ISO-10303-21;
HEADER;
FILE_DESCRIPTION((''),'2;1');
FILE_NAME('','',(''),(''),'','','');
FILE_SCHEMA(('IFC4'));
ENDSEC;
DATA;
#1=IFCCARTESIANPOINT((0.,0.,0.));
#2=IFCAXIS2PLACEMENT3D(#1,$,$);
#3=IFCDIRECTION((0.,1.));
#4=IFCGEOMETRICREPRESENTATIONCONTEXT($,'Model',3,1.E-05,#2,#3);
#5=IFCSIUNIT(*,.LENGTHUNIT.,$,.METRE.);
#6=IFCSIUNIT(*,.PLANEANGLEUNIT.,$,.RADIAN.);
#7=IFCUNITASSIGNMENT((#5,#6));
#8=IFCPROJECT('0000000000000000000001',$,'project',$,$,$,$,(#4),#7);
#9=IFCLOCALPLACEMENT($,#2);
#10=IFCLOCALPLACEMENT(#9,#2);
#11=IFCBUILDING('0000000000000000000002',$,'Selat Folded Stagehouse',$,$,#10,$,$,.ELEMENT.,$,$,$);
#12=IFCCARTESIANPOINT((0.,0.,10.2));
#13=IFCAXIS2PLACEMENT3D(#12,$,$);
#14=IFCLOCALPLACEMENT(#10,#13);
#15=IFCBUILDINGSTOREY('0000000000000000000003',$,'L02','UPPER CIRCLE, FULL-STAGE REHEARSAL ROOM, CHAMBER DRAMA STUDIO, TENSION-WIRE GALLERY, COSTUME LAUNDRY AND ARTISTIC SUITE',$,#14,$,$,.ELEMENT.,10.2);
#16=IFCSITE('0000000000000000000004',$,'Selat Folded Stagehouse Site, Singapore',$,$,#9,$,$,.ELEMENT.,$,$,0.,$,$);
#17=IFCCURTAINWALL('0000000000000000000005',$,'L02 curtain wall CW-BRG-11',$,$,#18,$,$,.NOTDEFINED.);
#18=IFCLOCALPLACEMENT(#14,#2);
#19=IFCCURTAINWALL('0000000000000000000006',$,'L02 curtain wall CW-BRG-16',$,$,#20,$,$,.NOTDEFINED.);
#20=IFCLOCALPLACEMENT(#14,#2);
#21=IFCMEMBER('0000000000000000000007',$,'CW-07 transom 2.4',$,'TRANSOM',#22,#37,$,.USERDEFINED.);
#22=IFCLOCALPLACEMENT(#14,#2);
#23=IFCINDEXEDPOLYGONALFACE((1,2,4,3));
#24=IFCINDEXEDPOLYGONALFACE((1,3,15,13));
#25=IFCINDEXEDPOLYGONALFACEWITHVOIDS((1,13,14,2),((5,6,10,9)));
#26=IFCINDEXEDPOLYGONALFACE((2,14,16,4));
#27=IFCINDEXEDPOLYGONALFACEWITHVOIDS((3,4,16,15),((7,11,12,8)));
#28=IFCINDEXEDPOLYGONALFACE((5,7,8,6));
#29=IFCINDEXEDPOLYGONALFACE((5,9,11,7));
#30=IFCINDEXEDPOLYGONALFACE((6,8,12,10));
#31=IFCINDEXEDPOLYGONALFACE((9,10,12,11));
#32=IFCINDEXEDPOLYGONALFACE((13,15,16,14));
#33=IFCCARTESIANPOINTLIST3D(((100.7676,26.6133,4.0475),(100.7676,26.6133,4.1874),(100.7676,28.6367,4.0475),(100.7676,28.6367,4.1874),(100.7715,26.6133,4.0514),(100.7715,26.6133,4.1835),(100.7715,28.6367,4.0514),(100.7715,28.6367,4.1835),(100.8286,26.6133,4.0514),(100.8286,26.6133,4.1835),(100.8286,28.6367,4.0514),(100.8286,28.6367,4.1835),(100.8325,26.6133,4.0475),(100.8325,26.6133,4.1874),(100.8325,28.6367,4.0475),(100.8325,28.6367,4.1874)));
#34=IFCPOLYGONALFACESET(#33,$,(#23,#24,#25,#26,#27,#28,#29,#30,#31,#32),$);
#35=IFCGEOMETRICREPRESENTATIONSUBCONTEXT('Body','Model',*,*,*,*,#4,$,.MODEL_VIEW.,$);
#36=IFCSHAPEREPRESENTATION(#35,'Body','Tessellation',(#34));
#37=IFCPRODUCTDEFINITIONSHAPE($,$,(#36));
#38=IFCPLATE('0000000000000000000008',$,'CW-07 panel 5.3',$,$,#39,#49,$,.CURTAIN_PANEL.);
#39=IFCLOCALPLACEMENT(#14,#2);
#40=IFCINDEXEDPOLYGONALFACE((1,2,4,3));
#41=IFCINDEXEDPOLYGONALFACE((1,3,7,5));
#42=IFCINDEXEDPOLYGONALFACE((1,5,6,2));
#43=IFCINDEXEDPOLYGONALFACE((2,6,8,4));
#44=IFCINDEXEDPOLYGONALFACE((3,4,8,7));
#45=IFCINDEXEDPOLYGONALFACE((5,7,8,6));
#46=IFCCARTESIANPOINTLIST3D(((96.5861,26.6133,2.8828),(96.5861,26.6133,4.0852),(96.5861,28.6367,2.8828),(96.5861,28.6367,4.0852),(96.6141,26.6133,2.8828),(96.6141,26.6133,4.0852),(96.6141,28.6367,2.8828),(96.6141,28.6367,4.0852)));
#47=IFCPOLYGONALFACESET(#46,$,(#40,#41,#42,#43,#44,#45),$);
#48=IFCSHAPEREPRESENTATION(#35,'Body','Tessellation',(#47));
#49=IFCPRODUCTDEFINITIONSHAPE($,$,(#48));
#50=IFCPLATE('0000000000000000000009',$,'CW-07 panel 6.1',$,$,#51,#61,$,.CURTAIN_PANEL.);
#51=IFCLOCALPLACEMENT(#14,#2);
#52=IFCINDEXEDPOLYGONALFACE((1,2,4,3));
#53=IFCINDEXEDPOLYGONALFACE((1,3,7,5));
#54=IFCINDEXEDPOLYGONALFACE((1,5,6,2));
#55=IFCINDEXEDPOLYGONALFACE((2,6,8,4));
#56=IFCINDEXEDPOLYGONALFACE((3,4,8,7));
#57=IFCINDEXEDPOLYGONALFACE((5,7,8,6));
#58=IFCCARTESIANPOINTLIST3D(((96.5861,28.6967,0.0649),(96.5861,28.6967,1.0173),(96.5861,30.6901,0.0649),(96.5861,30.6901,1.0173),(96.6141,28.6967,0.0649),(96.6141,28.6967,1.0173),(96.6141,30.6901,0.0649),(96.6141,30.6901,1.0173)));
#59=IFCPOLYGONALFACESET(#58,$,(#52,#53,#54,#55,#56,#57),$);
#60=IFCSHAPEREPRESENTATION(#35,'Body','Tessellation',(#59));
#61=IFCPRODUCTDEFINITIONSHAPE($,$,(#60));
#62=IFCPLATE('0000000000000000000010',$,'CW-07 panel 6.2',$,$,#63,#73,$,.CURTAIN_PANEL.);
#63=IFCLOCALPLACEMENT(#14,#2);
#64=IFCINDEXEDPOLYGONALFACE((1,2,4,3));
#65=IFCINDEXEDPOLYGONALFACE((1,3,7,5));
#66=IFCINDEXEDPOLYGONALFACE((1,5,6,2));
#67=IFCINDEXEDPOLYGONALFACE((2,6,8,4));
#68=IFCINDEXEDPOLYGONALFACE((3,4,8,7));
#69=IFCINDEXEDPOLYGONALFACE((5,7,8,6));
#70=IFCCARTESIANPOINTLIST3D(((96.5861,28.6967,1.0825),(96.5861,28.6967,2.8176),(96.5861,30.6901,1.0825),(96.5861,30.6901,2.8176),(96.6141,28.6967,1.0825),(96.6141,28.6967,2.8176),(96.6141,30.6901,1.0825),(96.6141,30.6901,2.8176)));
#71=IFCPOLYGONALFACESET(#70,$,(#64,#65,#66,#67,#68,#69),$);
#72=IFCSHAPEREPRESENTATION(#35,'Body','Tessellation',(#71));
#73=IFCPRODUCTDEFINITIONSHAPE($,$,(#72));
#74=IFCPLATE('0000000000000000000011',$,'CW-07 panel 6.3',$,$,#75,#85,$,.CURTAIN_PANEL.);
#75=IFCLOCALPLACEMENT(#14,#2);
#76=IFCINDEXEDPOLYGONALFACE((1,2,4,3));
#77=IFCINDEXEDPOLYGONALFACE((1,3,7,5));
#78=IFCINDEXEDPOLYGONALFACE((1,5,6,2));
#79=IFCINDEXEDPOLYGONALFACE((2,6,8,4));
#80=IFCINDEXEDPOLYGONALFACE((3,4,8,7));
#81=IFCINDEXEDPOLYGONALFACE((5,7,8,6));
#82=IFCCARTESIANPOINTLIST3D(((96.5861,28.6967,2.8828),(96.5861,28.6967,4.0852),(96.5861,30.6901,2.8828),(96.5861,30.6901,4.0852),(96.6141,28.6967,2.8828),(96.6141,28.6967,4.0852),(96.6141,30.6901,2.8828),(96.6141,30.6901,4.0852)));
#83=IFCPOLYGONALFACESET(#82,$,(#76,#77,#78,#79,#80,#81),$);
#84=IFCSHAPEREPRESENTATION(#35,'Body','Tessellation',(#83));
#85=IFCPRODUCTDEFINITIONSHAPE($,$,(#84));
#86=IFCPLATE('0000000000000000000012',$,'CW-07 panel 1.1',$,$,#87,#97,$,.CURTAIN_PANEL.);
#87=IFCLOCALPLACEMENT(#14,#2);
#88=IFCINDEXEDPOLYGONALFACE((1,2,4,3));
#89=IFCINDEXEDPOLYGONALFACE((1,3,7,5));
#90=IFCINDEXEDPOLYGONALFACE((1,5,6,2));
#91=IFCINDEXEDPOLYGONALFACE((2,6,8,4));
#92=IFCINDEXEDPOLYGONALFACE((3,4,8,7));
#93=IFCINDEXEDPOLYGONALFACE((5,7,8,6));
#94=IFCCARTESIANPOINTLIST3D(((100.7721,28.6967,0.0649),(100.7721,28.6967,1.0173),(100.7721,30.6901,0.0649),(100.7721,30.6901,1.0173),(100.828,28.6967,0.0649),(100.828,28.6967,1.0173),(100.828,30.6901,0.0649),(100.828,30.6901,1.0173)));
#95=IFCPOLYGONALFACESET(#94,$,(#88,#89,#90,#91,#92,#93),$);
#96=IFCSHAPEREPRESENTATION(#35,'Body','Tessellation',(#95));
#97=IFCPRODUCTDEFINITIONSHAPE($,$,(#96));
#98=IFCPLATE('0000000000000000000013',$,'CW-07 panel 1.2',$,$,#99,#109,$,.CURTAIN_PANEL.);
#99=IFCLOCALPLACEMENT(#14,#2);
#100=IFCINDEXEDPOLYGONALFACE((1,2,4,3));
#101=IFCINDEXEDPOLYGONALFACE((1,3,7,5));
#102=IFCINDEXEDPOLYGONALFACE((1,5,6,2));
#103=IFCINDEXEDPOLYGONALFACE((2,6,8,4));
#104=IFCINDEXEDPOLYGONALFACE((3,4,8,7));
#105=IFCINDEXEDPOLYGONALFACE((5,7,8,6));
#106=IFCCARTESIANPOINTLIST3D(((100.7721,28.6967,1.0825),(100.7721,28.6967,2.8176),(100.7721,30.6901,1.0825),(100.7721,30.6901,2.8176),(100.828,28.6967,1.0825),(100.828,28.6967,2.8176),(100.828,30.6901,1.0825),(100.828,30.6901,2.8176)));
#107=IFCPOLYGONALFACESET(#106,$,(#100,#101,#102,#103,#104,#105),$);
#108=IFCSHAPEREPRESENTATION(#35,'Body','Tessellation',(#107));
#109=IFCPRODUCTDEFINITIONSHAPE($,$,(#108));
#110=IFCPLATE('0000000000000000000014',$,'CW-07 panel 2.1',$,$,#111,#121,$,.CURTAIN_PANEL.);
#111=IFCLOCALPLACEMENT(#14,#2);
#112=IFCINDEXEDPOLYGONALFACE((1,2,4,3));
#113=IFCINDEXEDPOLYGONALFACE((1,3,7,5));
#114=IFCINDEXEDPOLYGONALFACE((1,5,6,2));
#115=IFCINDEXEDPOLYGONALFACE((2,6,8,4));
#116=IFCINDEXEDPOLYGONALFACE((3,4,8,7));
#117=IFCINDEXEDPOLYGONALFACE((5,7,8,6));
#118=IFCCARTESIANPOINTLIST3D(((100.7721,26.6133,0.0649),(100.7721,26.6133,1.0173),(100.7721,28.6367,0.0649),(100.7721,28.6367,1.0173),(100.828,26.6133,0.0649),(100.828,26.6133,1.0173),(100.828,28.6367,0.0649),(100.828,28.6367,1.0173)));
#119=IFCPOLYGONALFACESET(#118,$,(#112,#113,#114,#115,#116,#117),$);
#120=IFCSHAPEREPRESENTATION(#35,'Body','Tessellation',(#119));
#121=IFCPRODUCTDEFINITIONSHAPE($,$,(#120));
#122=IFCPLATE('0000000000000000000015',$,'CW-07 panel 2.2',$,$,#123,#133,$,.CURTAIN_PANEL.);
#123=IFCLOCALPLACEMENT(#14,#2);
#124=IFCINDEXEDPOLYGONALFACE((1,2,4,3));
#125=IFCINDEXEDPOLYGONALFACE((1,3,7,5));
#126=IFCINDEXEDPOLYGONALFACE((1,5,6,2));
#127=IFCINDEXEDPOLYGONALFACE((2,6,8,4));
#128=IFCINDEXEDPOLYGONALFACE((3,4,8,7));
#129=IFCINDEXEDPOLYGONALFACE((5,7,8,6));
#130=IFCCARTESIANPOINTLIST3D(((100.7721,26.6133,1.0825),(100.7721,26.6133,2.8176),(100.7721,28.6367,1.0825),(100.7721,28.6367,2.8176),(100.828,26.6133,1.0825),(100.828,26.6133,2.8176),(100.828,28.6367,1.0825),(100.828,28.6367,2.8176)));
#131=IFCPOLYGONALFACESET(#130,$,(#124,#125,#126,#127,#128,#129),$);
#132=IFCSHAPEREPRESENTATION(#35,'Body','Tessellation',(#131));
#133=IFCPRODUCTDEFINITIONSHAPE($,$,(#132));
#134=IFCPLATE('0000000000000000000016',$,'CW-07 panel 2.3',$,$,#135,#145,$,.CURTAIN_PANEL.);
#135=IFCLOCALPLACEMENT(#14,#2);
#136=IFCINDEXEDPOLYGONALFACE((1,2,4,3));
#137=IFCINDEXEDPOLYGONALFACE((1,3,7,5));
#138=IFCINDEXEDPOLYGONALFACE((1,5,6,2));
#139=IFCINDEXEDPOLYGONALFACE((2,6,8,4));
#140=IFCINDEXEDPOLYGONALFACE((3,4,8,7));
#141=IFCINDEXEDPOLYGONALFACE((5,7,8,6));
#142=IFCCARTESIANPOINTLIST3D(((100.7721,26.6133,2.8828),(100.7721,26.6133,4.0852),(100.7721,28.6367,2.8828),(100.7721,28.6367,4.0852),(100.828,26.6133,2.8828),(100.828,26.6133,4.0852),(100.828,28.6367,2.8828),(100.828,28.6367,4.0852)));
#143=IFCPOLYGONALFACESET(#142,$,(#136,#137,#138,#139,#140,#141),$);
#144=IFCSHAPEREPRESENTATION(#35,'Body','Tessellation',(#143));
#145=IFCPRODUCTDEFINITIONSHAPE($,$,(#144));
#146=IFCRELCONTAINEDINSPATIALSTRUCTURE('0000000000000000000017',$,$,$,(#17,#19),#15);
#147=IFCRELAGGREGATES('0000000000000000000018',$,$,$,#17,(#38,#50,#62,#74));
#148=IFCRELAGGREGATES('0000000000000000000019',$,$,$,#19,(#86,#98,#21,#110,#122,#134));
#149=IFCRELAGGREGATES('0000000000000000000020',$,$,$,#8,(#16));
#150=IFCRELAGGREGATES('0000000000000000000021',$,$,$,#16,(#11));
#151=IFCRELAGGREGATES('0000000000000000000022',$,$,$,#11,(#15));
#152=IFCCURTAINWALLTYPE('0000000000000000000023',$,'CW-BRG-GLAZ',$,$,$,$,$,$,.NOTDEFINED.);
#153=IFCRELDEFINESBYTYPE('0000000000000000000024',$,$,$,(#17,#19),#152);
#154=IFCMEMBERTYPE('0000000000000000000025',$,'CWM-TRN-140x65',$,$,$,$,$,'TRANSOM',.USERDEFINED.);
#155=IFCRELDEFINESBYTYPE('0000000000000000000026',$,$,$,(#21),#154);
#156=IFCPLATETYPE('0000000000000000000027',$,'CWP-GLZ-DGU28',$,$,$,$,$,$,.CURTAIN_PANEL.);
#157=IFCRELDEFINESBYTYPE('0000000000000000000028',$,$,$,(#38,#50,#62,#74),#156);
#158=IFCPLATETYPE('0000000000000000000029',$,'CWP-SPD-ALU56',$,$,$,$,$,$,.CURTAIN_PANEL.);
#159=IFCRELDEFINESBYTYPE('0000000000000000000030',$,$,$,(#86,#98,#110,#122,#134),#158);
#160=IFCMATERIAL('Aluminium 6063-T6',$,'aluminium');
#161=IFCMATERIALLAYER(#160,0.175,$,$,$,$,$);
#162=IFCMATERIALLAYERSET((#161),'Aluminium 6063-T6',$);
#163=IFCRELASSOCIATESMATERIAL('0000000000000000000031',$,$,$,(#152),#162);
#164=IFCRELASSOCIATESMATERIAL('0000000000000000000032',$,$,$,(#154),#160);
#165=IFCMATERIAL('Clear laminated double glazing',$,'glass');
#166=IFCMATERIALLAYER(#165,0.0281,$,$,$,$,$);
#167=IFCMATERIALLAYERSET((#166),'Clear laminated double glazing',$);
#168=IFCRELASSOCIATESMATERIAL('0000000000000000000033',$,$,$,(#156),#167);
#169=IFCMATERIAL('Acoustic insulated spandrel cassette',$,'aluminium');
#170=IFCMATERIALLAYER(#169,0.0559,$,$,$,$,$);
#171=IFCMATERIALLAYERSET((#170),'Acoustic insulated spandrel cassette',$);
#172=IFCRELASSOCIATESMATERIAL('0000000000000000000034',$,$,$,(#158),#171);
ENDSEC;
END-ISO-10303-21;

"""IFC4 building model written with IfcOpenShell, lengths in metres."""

from ifc_helpers import new_model, si_unit, direction, frame, origin, origin_2d, place, context, subcontext, project, spatial, rectangle, hollow_rectangle, extrude, material, layer, layer_set, material_profile, profile_set, type_object, element, aggregate, save


model = new_model("IFC4")

# Units and contexts
model_context = context("Model", 3, precision=1e-05, world=origin(), true_north=direction((0.0, 1.0)))
body_context = subcontext(model_context, "Body", "Model", "MODEL_VIEW")
ifc_project = project(units=[si_unit("LENGTHUNIT", "METRE"), si_unit("PLANEANGLEUNIT", "RADIAN")], contexts=[model_context])

# Site, building, storey
site_placement = place(None, origin())
site = spatial("IfcSite", under=ifc_project, at=site_placement, Name="Selat Folded Stagehouse Site, Singapore", CompositionType="ELEMENT", RefElevation=0.0)
building_placement = place(site_placement, origin())
building = spatial("IfcBuilding", under=site, at=building_placement, Name="Selat Folded Stagehouse", CompositionType="ELEMENT")
storey_placement = place(building_placement, frame((0.0, 0.0, 10.2)))
storey = spatial("IfcBuildingStorey", under=building, at=storey_placement, Name="L02", Description="UPPER CIRCLE, FULL-STAGE REHEARSAL ROOM, CHAMBER DRAMA STUDIO, TENSION-WIRE GALLERY, COSTUME LAUNDRY AND ARTISTIC SUITE", CompositionType="ELEMENT", Elevation=10.2)

# Curtain wall
ifc_material_1 = material(Name="Aluminium 6063-T6", Category="aluminium")
ifc_layer_1 = layer(ifc_material_1, 0.175)
ifc_layer_set_1 = layer_set([ifc_layer_1], Name="Aluminium 6063-T6")
curtain_wall_type = type_object("IfcCurtainWallType", Name="CW-BRG-GLAZ", PredefinedType="NOTDEFINED", material=ifc_layer_set_1)
curtain_wall_1_placement = place(storey_placement, origin())
curtain_wall_1 = element("IfcCurtainWall", 1, at=curtain_wall_1_placement, inside=storey, type_object=curtain_wall_type, Name="L02 curtain wall CW-BRG-11", PredefinedType="NOTDEFINED")

# Curtain wall
curtain_wall_2_placement = place(storey_placement, origin())
curtain_wall_2 = element("IfcCurtainWall", 2, at=curtain_wall_2_placement, inside=storey, type_object=curtain_wall_type, Name="L02 curtain wall CW-BRG-16", PredefinedType="NOTDEFINED")

# Member
ifc_material_profile_1 = material_profile(ifc_material_1, hollow_rectangle(XDim=0.0649, YDim=0.1399, WallThickness=0.0039, at=origin_2d()), Name="ALU 140x65x4.0")
ifc_profile_set_1 = profile_set([ifc_material_profile_1], Name="Aluminium 6063-T6")
member_type_1 = type_object("IfcMemberType", Name="CWM-TRN-140x65", ElementType="TRANSOM", PredefinedType="USERDEFINED", material=ifc_profile_set_1)
member_1_placement = place(storey_placement, frame((100.8, 28.6367, 4.1174), z_axis=(0.0, -1.0, 0.0), x_axis=(1.0, 0.0, 0.0)))
member_1 = element("IfcMember", 3, at=member_1_placement, type_object=member_type_1, Name="CW-07 transom 2.4", ObjectType="TRANSOM", PredefinedType="USERDEFINED", context=body_context, shape_type="SweptSolid", body=[
    extrude(hollow_rectangle(XDim=0.0649, YDim=0.1399, WallThickness=0.0039, at=origin_2d()), origin(), (0.0, 0.0, 1.0), 2.0234),
])

# Plates
ifc_material_2 = material(Name="Clear laminated double glazing", Category="glass")
ifc_layer_2 = layer(ifc_material_2, 0.0281)
ifc_layer_set_2 = layer_set([ifc_layer_2], Name="Clear laminated double glazing")
plate_type_1 = type_object("IfcPlateType", Name="CWP-GLZ-DGU28", PredefinedType="CURTAIN_PANEL", material=ifc_layer_set_2)
plate_1_placement = place(storey_placement, frame((96.6001, 27.625, 2.8828), z_axis=(0.0, 0.0, 1.0), x_axis=(0.0, 1.0, 0.0)))
plate_1 = element("IfcPlate", 4, at=plate_1_placement, type_object=plate_type_1, Name="CW-07 panel 5.3", PredefinedType="CURTAIN_PANEL", context=body_context, shape_type="SweptSolid", body=[
    extrude(rectangle(XDim=2.0234, YDim=0.0281, at=origin_2d()), origin(), (0.0, 0.0, 1.0), 1.2024),
])
plate_2_placement = place(storey_placement, frame((96.6001, 29.6934, 0.0649), z_axis=(0.0, 0.0, 1.0), x_axis=(0.0, 1.0, 0.0)))
plate_2 = element("IfcPlate", 5, at=plate_2_placement, type_object=plate_type_1, Name="CW-07 panel 6.1", PredefinedType="CURTAIN_PANEL", context=body_context, shape_type="SweptSolid", body=[
    extrude(rectangle(XDim=1.9934, YDim=0.0281, at=origin_2d()), origin(), (0.0, 0.0, 1.0), 0.9524),
])
plate_3_placement = place(storey_placement, frame((96.6001, 29.6934, 1.0825), z_axis=(0.0, 0.0, 1.0), x_axis=(0.0, 1.0, 0.0)))
plate_3 = element("IfcPlate", 6, at=plate_3_placement, type_object=plate_type_1, Name="CW-07 panel 6.2", PredefinedType="CURTAIN_PANEL", context=body_context, shape_type="SweptSolid", body=[
    extrude(rectangle(XDim=1.9934, YDim=0.0281, at=origin_2d()), origin(), (0.0, 0.0, 1.0), 1.7351),
])
plate_4_placement = place(storey_placement, frame((96.6001, 29.6934, 2.8828), z_axis=(0.0, 0.0, 1.0), x_axis=(0.0, 1.0, 0.0)))
plate_4 = element("IfcPlate", 7, at=plate_4_placement, type_object=plate_type_1, Name="CW-07 panel 6.3", PredefinedType="CURTAIN_PANEL", context=body_context, shape_type="SweptSolid", body=[
    extrude(rectangle(XDim=1.9934, YDim=0.0281, at=origin_2d()), origin(), (0.0, 0.0, 1.0), 1.2024),
])
aggregate(curtain_wall_1, [plate_1, plate_2, plate_3, plate_4])
ifc_material_3 = material(Name="Acoustic insulated spandrel cassette", Category="aluminium")
ifc_layer_3 = layer(ifc_material_3, 0.0559)
ifc_layer_set_3 = layer_set([ifc_layer_3], Name="Acoustic insulated spandrel cassette")
plate_type_2 = type_object("IfcPlateType", Name="CWP-SPD-ALU56", PredefinedType="CURTAIN_PANEL", material=ifc_layer_set_3)
plate_5_placement = place(storey_placement, frame((100.8, 29.6934, 0.0649), z_axis=(0.0, 0.0, 1.0), x_axis=(0.0, -1.0, 0.0)))
plate_5 = element("IfcPlate", 8, at=plate_5_placement, type_object=plate_type_2, Name="CW-07 panel 1.1", PredefinedType="CURTAIN_PANEL", context=body_context, shape_type="SweptSolid", body=[
    extrude(rectangle(XDim=1.9934, YDim=0.0559, at=origin_2d()), origin(), (0.0, 0.0, 1.0), 0.9524),
])
plate_6_placement = place(storey_placement, frame((100.8, 29.6934, 1.0825), z_axis=(0.0, 0.0, 1.0), x_axis=(0.0, -1.0, 0.0)))
plate_6 = element("IfcPlate", 9, at=plate_6_placement, type_object=plate_type_2, Name="CW-07 panel 1.2", PredefinedType="CURTAIN_PANEL", context=body_context, shape_type="SweptSolid", body=[
    extrude(rectangle(XDim=1.9934, YDim=0.0559, at=origin_2d()), origin(), (0.0, 0.0, 1.0), 1.7351),
])
plate_7_placement = place(storey_placement, frame((100.8, 27.625, 0.0649), z_axis=(0.0, 0.0, 1.0), x_axis=(0.0, -1.0, 0.0)))
plate_7 = element("IfcPlate", 10, at=plate_7_placement, type_object=plate_type_2, Name="CW-07 panel 2.1", PredefinedType="CURTAIN_PANEL", context=body_context, shape_type="SweptSolid", body=[
    extrude(rectangle(XDim=2.0234, YDim=0.0559, at=origin_2d()), origin(), (0.0, 0.0, 1.0), 0.9524),
])
plate_8_placement = place(storey_placement, frame((100.8, 27.625, 1.0825), z_axis=(0.0, 0.0, 1.0), x_axis=(0.0, -1.0, 0.0)))
plate_8 = element("IfcPlate", 11, at=plate_8_placement, type_object=plate_type_2, Name="CW-07 panel 2.2", PredefinedType="CURTAIN_PANEL", context=body_context, shape_type="SweptSolid", body=[
    extrude(rectangle(XDim=2.0234, YDim=0.0559, at=origin_2d()), origin(), (0.0, 0.0, 1.0), 1.7351),
])
plate_9_placement = place(storey_placement, frame((100.8, 27.625, 2.8828), z_axis=(0.0, 0.0, 1.0), x_axis=(0.0, -1.0, 0.0)))
plate_9 = element("IfcPlate", 12, at=plate_9_placement, type_object=plate_type_2, Name="CW-07 panel 2.3", PredefinedType="CURTAIN_PANEL", context=body_context, shape_type="SweptSolid", body=[
    extrude(rectangle(XDim=2.0234, YDim=0.0559, at=origin_2d()), origin(), (0.0, 0.0, 1.0), 1.2024),
])
aggregate(curtain_wall_2, [plate_5, plate_6, member_1, plate_7, plate_8, plate_9])

save(model, "model.ifc")
